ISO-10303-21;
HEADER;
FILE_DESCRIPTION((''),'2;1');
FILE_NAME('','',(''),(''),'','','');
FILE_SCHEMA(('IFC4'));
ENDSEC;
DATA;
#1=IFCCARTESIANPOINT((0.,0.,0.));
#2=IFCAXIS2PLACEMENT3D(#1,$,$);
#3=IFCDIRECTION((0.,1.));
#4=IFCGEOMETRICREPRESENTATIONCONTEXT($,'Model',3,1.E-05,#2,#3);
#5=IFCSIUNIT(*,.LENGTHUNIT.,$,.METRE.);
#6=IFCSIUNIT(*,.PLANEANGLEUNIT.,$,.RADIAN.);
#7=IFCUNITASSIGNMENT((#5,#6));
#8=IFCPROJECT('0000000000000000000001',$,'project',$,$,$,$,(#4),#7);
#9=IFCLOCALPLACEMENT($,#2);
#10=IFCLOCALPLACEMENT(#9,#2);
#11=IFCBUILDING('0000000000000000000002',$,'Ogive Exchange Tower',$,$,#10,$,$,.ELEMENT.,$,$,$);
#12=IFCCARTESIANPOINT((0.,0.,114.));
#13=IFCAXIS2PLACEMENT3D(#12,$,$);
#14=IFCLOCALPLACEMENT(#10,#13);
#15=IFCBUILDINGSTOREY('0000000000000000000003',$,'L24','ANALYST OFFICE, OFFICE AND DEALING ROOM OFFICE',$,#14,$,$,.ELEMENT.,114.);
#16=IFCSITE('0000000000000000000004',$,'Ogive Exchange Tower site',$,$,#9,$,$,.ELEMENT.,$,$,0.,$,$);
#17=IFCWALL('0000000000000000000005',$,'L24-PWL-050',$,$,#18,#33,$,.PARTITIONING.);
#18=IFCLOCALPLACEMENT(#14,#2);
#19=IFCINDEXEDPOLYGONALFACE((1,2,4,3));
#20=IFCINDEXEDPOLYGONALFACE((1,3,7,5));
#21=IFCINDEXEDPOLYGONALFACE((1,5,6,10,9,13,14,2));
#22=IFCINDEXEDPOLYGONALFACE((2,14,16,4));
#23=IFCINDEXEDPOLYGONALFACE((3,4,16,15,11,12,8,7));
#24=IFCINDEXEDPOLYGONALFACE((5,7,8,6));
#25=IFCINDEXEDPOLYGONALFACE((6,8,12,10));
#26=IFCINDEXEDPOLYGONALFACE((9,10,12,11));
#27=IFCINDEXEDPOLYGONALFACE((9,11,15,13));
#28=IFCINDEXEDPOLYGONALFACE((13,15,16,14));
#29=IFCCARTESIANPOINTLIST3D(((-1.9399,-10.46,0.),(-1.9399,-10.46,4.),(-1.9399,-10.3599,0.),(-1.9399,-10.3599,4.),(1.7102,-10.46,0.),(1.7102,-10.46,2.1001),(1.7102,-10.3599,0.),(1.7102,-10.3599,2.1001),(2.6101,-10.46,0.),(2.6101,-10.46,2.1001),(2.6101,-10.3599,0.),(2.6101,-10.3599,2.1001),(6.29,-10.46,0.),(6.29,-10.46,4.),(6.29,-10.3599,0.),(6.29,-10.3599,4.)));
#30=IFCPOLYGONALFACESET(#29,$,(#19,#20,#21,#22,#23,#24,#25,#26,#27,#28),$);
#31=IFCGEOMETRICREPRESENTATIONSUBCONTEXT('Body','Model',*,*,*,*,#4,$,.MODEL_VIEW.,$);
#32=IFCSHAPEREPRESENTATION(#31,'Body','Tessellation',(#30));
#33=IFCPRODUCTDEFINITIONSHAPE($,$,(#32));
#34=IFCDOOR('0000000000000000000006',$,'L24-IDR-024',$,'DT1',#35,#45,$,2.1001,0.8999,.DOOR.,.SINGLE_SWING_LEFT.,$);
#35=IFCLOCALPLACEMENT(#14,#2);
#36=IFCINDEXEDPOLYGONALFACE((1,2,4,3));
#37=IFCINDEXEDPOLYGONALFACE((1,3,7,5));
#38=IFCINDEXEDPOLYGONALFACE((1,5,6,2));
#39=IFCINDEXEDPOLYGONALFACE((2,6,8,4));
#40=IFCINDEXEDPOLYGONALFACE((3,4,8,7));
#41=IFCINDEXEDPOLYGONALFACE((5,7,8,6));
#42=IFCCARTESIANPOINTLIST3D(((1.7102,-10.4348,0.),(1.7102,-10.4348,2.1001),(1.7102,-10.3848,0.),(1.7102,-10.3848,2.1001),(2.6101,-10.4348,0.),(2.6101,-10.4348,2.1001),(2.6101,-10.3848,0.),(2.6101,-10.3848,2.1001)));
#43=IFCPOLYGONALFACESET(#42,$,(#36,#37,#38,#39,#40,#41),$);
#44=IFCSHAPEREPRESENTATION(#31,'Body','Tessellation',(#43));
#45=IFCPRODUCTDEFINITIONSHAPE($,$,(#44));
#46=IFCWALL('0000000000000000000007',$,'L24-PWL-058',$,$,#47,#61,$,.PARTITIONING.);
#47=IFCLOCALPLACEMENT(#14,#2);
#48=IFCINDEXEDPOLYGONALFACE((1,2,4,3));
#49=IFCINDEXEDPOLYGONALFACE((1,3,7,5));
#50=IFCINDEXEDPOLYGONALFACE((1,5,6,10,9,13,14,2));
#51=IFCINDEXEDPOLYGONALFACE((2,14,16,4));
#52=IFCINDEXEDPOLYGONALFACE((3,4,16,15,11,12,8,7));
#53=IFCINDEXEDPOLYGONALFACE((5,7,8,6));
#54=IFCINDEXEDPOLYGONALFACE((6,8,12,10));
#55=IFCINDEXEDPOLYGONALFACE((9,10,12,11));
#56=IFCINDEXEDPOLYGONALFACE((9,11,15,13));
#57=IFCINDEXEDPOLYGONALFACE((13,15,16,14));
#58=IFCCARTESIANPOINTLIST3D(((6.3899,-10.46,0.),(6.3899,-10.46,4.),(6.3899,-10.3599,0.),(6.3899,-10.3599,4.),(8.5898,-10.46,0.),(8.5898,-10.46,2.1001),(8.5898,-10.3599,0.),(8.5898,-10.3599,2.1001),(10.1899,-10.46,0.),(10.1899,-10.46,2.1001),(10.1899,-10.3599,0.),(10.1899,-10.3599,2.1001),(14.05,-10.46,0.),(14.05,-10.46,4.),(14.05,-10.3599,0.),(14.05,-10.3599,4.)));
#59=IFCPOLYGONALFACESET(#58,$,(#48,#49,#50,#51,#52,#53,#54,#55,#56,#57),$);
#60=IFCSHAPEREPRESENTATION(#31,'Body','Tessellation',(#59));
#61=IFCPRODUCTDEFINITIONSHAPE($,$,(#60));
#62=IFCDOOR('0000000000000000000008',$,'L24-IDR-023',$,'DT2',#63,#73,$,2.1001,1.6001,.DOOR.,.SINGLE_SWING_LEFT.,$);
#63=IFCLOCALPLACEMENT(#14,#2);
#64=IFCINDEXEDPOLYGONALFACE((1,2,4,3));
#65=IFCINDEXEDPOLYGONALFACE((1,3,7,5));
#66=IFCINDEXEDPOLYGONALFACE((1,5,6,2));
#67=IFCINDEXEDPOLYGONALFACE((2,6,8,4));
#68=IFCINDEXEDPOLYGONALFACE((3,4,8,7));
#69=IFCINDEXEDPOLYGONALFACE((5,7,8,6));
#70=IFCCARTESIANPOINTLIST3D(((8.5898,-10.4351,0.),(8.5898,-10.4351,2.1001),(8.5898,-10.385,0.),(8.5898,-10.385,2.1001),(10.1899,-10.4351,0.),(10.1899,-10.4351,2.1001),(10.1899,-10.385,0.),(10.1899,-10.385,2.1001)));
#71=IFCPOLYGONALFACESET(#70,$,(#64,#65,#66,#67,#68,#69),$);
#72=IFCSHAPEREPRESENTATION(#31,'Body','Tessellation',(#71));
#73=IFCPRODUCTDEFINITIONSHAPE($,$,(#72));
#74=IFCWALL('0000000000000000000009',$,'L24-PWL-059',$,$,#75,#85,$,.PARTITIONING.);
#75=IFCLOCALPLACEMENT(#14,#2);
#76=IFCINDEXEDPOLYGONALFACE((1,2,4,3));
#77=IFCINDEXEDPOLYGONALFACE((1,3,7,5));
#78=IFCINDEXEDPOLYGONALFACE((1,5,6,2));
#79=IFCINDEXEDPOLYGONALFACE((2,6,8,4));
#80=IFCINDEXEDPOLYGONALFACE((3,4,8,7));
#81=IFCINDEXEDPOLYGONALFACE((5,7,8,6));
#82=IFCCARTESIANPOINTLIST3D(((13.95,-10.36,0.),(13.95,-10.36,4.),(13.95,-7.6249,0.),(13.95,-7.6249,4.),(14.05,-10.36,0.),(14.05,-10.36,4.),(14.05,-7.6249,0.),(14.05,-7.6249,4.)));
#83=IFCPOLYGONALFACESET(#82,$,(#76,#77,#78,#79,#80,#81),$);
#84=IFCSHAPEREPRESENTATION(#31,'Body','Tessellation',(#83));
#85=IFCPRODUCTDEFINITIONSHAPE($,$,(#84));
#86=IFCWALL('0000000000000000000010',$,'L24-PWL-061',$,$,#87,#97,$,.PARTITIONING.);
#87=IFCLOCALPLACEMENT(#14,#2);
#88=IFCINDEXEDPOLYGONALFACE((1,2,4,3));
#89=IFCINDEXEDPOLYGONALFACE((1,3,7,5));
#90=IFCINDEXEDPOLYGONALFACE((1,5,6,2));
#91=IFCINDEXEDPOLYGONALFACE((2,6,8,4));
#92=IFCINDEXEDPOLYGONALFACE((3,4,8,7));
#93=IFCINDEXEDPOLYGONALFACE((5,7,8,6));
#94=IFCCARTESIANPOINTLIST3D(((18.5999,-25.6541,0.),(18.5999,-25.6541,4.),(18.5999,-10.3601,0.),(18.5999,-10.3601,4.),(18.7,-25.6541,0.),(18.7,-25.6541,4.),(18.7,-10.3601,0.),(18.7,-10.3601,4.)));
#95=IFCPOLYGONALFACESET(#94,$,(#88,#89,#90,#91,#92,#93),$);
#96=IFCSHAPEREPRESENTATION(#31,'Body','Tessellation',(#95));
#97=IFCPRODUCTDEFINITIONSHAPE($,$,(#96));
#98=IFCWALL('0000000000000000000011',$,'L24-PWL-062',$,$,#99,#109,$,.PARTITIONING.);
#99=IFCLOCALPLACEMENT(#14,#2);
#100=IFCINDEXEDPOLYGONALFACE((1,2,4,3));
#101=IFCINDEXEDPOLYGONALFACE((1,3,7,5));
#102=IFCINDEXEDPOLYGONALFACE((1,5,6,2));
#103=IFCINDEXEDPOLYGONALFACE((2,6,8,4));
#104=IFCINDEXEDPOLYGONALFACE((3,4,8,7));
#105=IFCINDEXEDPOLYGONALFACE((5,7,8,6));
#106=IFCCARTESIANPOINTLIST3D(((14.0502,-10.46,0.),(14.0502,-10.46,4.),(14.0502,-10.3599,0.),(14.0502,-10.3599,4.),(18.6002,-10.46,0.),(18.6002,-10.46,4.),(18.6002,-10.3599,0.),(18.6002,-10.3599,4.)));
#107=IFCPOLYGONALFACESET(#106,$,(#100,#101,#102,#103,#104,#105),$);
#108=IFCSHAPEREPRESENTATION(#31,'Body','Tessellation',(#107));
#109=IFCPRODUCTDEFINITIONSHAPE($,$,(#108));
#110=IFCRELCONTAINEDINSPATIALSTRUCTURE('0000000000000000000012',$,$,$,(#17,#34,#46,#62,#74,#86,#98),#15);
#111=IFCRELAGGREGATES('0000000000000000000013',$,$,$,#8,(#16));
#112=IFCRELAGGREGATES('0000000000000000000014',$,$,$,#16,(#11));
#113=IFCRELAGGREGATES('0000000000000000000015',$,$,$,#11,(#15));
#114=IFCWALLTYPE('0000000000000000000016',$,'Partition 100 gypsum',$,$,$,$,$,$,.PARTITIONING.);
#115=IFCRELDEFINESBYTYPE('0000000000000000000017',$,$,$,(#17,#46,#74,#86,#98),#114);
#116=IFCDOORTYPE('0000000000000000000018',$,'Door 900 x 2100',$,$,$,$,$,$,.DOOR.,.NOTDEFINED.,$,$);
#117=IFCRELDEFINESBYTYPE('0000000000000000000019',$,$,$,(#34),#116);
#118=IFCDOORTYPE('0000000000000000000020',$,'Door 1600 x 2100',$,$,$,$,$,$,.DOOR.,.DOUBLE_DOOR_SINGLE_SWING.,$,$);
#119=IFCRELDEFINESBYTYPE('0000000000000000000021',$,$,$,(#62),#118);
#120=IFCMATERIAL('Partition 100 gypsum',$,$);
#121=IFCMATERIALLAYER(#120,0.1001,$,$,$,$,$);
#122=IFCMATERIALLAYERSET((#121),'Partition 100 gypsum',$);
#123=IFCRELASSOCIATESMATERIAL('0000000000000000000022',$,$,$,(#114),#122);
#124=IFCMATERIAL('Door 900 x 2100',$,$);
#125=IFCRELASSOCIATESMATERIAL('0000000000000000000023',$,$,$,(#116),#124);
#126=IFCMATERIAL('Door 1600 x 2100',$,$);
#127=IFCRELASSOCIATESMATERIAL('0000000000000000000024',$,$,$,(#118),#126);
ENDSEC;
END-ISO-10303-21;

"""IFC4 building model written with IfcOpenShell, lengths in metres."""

from ifc_helpers import new_model, si_unit, direction, frame, frame_2d, origin, place, context, subcontext, project, spatial, rectangle, extrude, material, layer, layer_set, type_object, element, fill, save


model = new_model("IFC4")

# Units and contexts
model_context = context("Model", 3, precision=1e-05, world=origin(), true_north=direction((0.0, 1.0)))
body_context = subcontext(model_context, "Body", "Model", "MODEL_VIEW")
ifc_project = project(units=[si_unit("LENGTHUNIT", "METRE"), si_unit("PLANEANGLEUNIT", "RADIAN")], contexts=[model_context])

# Site, building, storey
site_placement = place(None, origin())
site = spatial("IfcSite", under=ifc_project, at=site_placement, Name="Ogive Exchange Tower site", CompositionType="ELEMENT", RefElevation=0.0)
building_placement = place(site_placement, origin())
building = spatial("IfcBuilding", under=site, at=building_placement, Name="Ogive Exchange Tower", CompositionType="ELEMENT")
storey_placement = place(building_placement, frame((0.0, 0.0, 114.0)))
storey = spatial("IfcBuildingStorey", under=building, at=storey_placement, Name="L24", Description="ANALYST OFFICE, OFFICE AND DEALING ROOM OFFICE", CompositionType="ELEMENT", Elevation=114.0)

# Shared definitions
ifc_material_1 = material(Name="Partition 100 gypsum")
ifc_layer_1 = layer(ifc_material_1, 0.1001)
ifc_layer_set_1 = layer_set([ifc_layer_1], Name="Partition 100 gypsum")
wall_type_1 = type_object("IfcWallType", Name="Partition 100 gypsum", PredefinedType="PARTITIONING", material=ifc_layer_set_1)

# Walls, openings, doors
wall_1_placement = place(storey_placement, frame((6.29, -10.4099, 0.0), z_axis=(0.0, 0.0, 1.0), x_axis=(-1.0, 0.0, 0.0)))
wall_1 = element("IfcWall", 1, at=wall_1_placement, inside=storey, type_object=wall_type_1, Name="L24-PWL-050", PredefinedType="PARTITIONING", context=body_context, shape_type="SweptSolid", body=[
    extrude(rectangle(XDim=8.23, YDim=0.1001, at=frame_2d((4.115, 0.0))), origin(), (0.0, 0.0, 1.0), 4.0),
])
opening_1_placement = place(wall_1_placement, frame((3.6799, 0.0, 0.0)))
opening_1 = element("IfcOpeningElement", 2, at=opening_1_placement, cuts=wall_1, PredefinedType="OPENING", context=body_context, shape_type="SweptSolid", body=[
    extrude(rectangle(XDim=0.8999, YDim=2.1001, at=frame_2d((0.45, 1.05))), frame((0.0, 0.0601, 0.0), z_axis=(0.0, -1.0, 0.0), x_axis=(1.0, 0.0, 0.0)), (0.0, 0.0, 1.0), 0.1201),
])
ifc_material_2 = material(Name="Door 900 x 2100")
door_type_1 = type_object("IfcDoorType", Name="Door 900 x 2100", OperationType="NOTDEFINED", PredefinedType="DOOR", material=ifc_material_2)
door_1_placement = place(opening_1_placement, origin())
door_1 = element("IfcDoor", 3, at=door_1_placement, inside=storey, type_object=door_type_1, Name="L24-IDR-024", ObjectType="DT1", OperationType="SINGLE_SWING_LEFT", OverallHeight=2.1001, OverallWidth=0.8999, PredefinedType="DOOR", context=body_context, shape_type="SweptSolid", body=[
    extrude(rectangle(XDim=0.8999, YDim=2.1001, at=frame_2d((0.45, 1.05))), frame((0.0, 0.0249, 0.0), z_axis=(0.0, -1.0, 0.0), x_axis=(1.0, 0.0, 0.0)), (0.0, 0.0, 1.0), 0.05),
])
fill(opening_1, door_1)
wall_2_placement = place(storey_placement, frame((14.05, -10.4099, 0.0), z_axis=(0.0, 0.0, 1.0), x_axis=(-1.0, 0.0, 0.0)))
wall_2 = element("IfcWall", 4, at=wall_2_placement, inside=storey, type_object=wall_type_1, Name="L24-PWL-058", PredefinedType="PARTITIONING", context=body_context, shape_type="SweptSolid", body=[
    extrude(rectangle(XDim=7.6602, YDim=0.1001, at=frame_2d((3.8301, 0.0))), origin(), (0.0, 0.0, 1.0), 4.0),
])
opening_2_placement = place(wall_2_placement, frame((3.8601, 0.0, 0.0)))
opening_2 = element("IfcOpeningElement", 5, at=opening_2_placement, cuts=wall_2, PredefinedType="OPENING", context=body_context, shape_type="SweptSolid", body=[
    extrude(rectangle(XDim=1.6001, YDim=2.1001, at=frame_2d((0.8, 1.05))), frame((0.0, 0.0601, 0.0), z_axis=(0.0, -1.0, 0.0), x_axis=(1.0, 0.0, 0.0)), (0.0, 0.0, 1.0), 0.1201),
])
ifc_material_3 = material(Name="Door 1600 x 2100")
door_type_2 = type_object("IfcDoorType", Name="Door 1600 x 2100", OperationType="DOUBLE_DOOR_SINGLE_SWING", PredefinedType="DOOR", material=ifc_material_3)
door_2_placement = place(opening_2_placement, frame((1.6001, 0.0, 0.0), z_axis=(0.0, 0.0, 1.0), x_axis=(-1.0, 0.0, 0.0)))
door_2 = element("IfcDoor", 6, at=door_2_placement, inside=storey, type_object=door_type_2, Name="L24-IDR-023", ObjectType="DT2", OperationType="SINGLE_SWING_LEFT", OverallHeight=2.1001, OverallWidth=1.6001, PredefinedType="DOOR", context=body_context, shape_type="SweptSolid", body=[
    extrude(rectangle(XDim=1.6001, YDim=2.1001, at=frame_2d((0.8, 1.05))), frame((0.0, 0.0249, 0.0), z_axis=(0.0, -1.0, 0.0), x_axis=(1.0, 0.0, 0.0)), (0.0, 0.0, 1.0), 0.05),
])
fill(opening_2, door_2)

# Walls
wall_3_placement = place(storey_placement, frame((14.0, -10.3601, 0.0), z_axis=(0.0, 0.0, 1.0), x_axis=(0.0, 1.0, 0.0)))
element("IfcWall", 7, at=wall_3_placement, inside=storey, type_object=wall_type_1, Name="L24-PWL-059", PredefinedType="PARTITIONING", context=body_context, shape_type="SweptSolid", body=[
    extrude(rectangle(XDim=2.7351, YDim=0.1001, at=frame_2d((1.3677, 0.0))), origin(), (0.0, 0.0, 1.0), 4.0),
])
wall_4_placement = place(storey_placement, frame((18.6499, -25.6541, 0.0), z_axis=(0.0, 0.0, 1.0), x_axis=(0.0, 1.0, 0.0)))
element("IfcWall", 8, at=wall_4_placement, inside=storey, type_object=wall_type_1, Name="L24-PWL-061", PredefinedType="PARTITIONING", context=body_context, shape_type="SweptSolid", body=[
    extrude(rectangle(XDim=15.2939, YDim=0.1001, at=frame_2d((7.647, 0.0))), origin(), (0.0, 0.0, 1.0), 4.0),
])
wall_5_placement = place(storey_placement, frame((18.6001, -10.4099, 0.0), z_axis=(0.0, 0.0, 1.0), x_axis=(-1.0, 0.0, 0.0)))
element("IfcWall", 9, at=wall_5_placement, inside=storey, type_object=wall_type_1, Name="L24-PWL-062", PredefinedType="PARTITIONING", context=body_context, shape_type="SweptSolid", body=[
    extrude(rectangle(XDim=4.55, YDim=0.1001, at=frame_2d((2.2749, 0.0))), origin(), (0.0, 0.0, 1.0), 4.0),
])

save(model, "model.ifc")
